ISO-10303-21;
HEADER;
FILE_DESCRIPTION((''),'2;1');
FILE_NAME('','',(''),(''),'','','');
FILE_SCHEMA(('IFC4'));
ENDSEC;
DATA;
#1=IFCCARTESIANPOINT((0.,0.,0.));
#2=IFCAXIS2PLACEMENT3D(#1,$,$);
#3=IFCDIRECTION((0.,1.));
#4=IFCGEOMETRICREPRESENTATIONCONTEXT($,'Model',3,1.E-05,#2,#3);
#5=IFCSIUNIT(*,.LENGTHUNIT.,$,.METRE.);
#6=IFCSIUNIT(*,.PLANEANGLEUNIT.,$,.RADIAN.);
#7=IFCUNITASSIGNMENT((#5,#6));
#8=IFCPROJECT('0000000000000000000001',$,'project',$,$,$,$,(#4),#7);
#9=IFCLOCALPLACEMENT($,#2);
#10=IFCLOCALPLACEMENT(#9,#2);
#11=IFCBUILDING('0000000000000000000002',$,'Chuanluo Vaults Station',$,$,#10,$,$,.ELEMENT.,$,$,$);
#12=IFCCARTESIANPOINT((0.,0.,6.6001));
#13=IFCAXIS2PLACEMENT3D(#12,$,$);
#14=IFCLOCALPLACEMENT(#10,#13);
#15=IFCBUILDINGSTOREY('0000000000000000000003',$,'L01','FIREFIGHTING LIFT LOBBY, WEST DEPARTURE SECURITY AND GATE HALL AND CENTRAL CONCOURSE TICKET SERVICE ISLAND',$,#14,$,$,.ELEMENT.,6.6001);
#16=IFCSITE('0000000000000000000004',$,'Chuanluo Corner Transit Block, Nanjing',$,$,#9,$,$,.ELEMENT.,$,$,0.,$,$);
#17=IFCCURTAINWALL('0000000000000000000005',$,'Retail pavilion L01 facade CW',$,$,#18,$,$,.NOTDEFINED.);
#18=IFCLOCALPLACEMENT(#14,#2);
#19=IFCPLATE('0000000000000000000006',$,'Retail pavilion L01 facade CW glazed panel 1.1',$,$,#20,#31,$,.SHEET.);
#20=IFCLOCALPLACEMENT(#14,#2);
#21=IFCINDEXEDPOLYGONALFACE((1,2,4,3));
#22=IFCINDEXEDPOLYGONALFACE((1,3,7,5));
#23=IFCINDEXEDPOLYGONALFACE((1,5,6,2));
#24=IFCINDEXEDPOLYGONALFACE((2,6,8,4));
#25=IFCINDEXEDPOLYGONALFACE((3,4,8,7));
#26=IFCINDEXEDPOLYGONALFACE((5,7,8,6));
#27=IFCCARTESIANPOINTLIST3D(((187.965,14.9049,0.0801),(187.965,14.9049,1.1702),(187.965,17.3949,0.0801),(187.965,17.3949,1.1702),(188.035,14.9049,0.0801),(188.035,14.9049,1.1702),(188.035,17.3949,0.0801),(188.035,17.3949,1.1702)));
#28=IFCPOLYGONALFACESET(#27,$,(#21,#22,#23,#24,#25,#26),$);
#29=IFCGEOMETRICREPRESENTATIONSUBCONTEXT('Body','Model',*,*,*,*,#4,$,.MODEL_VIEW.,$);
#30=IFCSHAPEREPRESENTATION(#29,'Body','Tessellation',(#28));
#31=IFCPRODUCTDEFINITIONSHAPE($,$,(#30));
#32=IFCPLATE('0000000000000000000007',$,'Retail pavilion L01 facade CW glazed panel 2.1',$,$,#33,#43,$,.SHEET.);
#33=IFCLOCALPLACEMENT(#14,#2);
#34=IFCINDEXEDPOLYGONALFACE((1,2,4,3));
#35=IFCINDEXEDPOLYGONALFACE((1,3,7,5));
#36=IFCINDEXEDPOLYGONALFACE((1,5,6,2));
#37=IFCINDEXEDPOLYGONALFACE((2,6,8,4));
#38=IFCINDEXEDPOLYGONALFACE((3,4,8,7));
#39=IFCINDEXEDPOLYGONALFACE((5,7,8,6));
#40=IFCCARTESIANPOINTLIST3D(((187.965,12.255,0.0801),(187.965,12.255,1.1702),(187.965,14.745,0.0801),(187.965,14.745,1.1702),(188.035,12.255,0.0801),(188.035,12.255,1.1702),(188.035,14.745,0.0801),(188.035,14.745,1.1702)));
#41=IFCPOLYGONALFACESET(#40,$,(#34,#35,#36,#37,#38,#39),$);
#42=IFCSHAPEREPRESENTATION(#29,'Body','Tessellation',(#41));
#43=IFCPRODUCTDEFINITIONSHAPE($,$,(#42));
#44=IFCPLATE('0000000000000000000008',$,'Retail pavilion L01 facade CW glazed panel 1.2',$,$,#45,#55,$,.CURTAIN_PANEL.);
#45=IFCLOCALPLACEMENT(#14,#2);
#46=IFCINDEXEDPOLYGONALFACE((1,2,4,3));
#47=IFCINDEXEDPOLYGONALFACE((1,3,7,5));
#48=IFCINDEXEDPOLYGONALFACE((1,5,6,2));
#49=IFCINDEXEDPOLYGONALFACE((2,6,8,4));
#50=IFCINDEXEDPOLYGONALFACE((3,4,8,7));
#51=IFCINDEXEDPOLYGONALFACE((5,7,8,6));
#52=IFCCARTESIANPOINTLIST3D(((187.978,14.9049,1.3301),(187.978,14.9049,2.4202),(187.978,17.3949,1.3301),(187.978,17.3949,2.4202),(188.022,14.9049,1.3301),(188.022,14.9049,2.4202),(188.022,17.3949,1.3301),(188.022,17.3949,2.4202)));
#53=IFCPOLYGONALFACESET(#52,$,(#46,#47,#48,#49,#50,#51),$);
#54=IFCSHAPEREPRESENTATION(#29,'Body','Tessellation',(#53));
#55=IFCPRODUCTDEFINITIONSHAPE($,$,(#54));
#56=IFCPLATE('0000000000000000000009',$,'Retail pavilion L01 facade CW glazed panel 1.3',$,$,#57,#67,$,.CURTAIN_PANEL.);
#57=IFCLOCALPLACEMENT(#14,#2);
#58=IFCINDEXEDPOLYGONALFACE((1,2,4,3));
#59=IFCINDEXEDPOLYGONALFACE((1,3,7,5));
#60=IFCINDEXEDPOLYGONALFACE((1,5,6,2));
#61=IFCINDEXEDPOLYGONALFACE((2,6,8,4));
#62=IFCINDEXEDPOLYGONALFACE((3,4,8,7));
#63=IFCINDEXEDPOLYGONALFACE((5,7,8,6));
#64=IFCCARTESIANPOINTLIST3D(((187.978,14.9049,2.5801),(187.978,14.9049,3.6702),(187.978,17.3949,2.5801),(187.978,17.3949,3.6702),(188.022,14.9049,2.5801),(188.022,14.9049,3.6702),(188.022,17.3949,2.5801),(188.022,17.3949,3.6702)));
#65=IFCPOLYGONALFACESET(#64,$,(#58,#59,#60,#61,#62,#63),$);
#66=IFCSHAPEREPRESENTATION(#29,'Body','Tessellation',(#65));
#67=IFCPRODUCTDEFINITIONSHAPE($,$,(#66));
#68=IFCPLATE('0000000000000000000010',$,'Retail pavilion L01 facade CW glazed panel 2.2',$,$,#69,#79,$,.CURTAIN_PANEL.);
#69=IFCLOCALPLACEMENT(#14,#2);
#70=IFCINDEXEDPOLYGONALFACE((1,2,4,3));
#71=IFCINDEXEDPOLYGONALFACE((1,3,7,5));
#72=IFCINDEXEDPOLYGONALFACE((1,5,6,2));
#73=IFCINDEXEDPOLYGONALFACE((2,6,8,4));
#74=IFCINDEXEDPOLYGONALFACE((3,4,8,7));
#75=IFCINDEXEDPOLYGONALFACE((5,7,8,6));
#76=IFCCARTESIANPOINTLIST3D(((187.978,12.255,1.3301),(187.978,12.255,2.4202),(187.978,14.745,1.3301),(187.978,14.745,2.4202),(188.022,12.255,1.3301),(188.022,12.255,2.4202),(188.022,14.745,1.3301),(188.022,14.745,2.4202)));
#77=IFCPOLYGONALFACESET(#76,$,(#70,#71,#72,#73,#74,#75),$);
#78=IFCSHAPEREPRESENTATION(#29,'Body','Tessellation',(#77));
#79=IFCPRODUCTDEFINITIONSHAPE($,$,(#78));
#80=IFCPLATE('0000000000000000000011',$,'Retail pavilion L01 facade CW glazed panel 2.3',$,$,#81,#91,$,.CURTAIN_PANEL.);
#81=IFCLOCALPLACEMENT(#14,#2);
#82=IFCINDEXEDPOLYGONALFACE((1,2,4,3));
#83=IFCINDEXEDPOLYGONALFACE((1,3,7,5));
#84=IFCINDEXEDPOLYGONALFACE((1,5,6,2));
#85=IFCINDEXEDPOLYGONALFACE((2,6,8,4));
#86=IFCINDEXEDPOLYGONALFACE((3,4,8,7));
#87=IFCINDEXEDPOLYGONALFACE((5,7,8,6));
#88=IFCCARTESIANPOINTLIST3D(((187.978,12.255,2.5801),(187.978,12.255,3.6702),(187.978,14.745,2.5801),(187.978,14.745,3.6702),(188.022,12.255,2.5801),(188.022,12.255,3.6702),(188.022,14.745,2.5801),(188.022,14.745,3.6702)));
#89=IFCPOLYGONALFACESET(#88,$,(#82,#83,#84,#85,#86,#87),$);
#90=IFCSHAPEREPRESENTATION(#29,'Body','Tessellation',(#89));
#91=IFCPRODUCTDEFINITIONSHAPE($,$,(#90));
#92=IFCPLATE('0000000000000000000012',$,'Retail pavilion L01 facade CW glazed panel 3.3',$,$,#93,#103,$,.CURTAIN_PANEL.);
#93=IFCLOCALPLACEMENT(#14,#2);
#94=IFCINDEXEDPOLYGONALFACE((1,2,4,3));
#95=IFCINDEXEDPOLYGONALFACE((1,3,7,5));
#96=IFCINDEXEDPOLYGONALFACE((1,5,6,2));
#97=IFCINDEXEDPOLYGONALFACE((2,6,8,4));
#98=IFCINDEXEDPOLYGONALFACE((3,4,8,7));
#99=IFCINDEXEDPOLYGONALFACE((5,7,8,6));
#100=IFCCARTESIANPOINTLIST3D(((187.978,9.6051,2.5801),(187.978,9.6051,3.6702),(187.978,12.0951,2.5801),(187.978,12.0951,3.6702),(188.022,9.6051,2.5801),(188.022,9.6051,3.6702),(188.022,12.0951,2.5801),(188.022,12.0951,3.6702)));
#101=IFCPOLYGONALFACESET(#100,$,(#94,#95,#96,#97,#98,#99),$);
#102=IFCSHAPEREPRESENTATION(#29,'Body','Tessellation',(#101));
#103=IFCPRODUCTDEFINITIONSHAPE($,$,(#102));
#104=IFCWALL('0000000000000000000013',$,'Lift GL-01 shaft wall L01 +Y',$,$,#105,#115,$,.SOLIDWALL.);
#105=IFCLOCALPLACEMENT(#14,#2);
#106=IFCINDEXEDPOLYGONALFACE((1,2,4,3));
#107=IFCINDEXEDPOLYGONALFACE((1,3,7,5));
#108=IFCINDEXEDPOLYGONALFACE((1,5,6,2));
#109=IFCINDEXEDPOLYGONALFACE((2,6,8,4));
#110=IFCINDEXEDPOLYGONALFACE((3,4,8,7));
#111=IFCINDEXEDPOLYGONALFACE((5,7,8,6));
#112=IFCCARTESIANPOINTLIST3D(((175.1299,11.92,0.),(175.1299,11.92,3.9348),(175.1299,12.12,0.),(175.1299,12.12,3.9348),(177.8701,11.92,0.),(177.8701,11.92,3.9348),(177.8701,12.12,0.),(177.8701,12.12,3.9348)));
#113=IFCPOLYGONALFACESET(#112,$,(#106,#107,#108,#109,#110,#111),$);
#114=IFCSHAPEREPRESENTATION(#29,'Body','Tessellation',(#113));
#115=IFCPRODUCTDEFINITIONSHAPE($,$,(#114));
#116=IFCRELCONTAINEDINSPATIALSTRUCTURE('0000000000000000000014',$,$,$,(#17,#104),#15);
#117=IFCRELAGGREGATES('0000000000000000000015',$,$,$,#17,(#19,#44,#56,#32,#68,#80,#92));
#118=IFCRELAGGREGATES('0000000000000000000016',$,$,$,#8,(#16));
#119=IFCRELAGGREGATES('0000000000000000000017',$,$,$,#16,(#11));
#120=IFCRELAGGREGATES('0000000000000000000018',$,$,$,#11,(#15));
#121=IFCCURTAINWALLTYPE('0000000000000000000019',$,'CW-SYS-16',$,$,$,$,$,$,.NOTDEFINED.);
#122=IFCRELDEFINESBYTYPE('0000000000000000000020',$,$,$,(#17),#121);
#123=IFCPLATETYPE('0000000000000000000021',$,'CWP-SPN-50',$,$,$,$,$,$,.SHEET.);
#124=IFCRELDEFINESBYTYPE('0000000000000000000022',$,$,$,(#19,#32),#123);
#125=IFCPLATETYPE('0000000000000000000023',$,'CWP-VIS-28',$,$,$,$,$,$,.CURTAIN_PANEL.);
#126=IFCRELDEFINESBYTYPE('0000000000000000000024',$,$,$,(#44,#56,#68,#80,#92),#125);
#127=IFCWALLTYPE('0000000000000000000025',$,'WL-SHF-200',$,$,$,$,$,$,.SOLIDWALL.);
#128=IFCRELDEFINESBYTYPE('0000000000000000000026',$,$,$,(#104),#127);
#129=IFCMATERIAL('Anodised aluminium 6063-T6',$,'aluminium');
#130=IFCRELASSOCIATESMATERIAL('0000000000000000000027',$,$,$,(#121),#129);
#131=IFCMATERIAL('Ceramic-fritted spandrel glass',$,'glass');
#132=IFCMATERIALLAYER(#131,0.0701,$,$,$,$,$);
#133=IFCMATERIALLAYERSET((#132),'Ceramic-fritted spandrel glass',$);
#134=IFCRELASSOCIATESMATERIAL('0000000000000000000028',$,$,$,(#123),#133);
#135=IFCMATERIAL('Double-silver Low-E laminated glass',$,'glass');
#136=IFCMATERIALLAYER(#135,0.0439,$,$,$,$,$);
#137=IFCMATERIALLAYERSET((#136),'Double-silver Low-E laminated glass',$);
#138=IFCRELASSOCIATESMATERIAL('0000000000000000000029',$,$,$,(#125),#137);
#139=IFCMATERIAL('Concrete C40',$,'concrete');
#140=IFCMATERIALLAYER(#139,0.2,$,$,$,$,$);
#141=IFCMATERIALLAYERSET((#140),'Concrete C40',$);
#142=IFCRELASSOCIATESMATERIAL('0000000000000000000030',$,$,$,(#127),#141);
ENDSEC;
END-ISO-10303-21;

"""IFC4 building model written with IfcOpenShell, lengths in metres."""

from ifc_helpers import new_model, si_unit, direction, frame, frame_2d, origin, origin_2d, place, context, subcontext, project, spatial, rectangle, extrude, material, layer, layer_set, type_object, element, aggregate, save


model = new_model("IFC4")

# Units and contexts
model_context = context("Model", 3, precision=1e-05, world=origin(), true_north=direction((0.0, 1.0)))
body_context = subcontext(model_context, "Body", "Model", "MODEL_VIEW")
ifc_project = project(units=[si_unit("LENGTHUNIT", "METRE"), si_unit("PLANEANGLEUNIT", "RADIAN")], contexts=[model_context])

# Site, building, storey
site_placement = place(None, origin())
site = spatial("IfcSite", under=ifc_project, at=site_placement, Name="Chuanluo Corner Transit Block, Nanjing", CompositionType="ELEMENT", RefElevation=0.0)
building_placement = place(site_placement, origin())
building = spatial("IfcBuilding", under=site, at=building_placement, Name="Chuanluo Vaults Station", CompositionType="ELEMENT")
storey_placement = place(building_placement, frame((0.0, 0.0, 6.6001)))
storey = spatial("IfcBuildingStorey", under=building, at=storey_placement, Name="L01", Description="FIREFIGHTING LIFT LOBBY, WEST DEPARTURE SECURITY AND GATE HALL AND CENTRAL CONCOURSE TICKET SERVICE ISLAND", CompositionType="ELEMENT", Elevation=6.6001)

# Curtain wall, plates
ifc_material_1 = material(Name="Anodised aluminium 6063-T6", Category="aluminium")
curtain_wall_type = type_object("IfcCurtainWallType", Name="CW-SYS-16", PredefinedType="NOTDEFINED", material=ifc_material_1)
curtain_wall_placement = place(storey_placement, origin())
curtain_wall = element("IfcCurtainWall", 1, at=curtain_wall_placement, inside=storey, type_object=curtain_wall_type, Name="Retail pavilion L01 facade CW", PredefinedType="NOTDEFINED")
ifc_material_2 = material(Name="Ceramic-fritted spandrel glass", Category="glass")
ifc_layer_1 = layer(ifc_material_2, 0.0701)
ifc_layer_set_1 = layer_set([ifc_layer_1], Name="Ceramic-fritted spandrel glass")
plate_type_1 = type_object("IfcPlateType", Name="CWP-SPN-50", PredefinedType="SHEET", material=ifc_layer_set_1)
plate_1_placement = place(storey_placement, frame((188.0, 16.1499, 0.0801), z_axis=(0.0, 0.0, 1.0), x_axis=(0.0, -1.0, 0.0)))
plate_1 = element("IfcPlate", 2, at=plate_1_placement, type_object=plate_type_1, Name="Retail pavilion L01 facade CW glazed panel 1.1", PredefinedType="SHEET", context=body_context, shape_type="SweptSolid", body=[
    extrude(rectangle(XDim=2.49, YDim=0.0701, at=origin_2d()), origin(), (0.0, 0.0, 1.0), 1.0901),
])
plate_2_placement = place(storey_placement, frame((188.0, 13.5, 0.0801), z_axis=(0.0, 0.0, 1.0), x_axis=(0.0, -1.0, 0.0)))
plate_2 = element("IfcPlate", 3, at=plate_2_placement, type_object=plate_type_1, Name="Retail pavilion L01 facade CW glazed panel 2.1", PredefinedType="SHEET", context=body_context, shape_type="SweptSolid", body=[
    extrude(rectangle(XDim=2.49, YDim=0.0701, at=origin_2d()), origin(), (0.0, 0.0, 1.0), 1.0901),
])
ifc_material_3 = material(Name="Double-silver Low-E laminated glass", Category="glass")
ifc_layer_2 = layer(ifc_material_3, 0.0439)
ifc_layer_set_2 = layer_set([ifc_layer_2], Name="Double-silver Low-E laminated glass")
plate_type_2 = type_object("IfcPlateType", Name="CWP-VIS-28", PredefinedType="CURTAIN_PANEL", material=ifc_layer_set_2)
plate_3_placement = place(storey_placement, frame((188.0, 16.1499, 1.3301), z_axis=(0.0, 0.0, 1.0), x_axis=(0.0, -1.0, 0.0)))
plate_3 = element("IfcPlate", 4, at=plate_3_placement, type_object=plate_type_2, Name="Retail pavilion L01 facade CW glazed panel 1.2", PredefinedType="CURTAIN_PANEL", context=body_context, shape_type="SweptSolid", body=[
    extrude(rectangle(XDim=2.49, YDim=0.0439, at=origin_2d()), origin(), (0.0, 0.0, 1.0), 1.0901),
])
plate_4_placement = place(storey_placement, frame((188.0, 16.1499, 2.5801), z_axis=(0.0, 0.0, 1.0), x_axis=(0.0, -1.0, 0.0)))
plate_4 = element("IfcPlate", 5, at=plate_4_placement, type_object=plate_type_2, Name="Retail pavilion L01 facade CW glazed panel 1.3", PredefinedType="CURTAIN_PANEL", context=body_context, shape_type="SweptSolid", body=[
    extrude(rectangle(XDim=2.49, YDim=0.0439, at=origin_2d()), origin(), (0.0, 0.0, 1.0), 1.0901),
])
plate_5_placement = place(storey_placement, frame((188.0, 13.5, 1.3301), z_axis=(0.0, 0.0, 1.0), x_axis=(0.0, -1.0, 0.0)))
plate_5 = element("IfcPlate", 6, at=plate_5_placement, type_object=plate_type_2, Name="Retail pavilion L01 facade CW glazed panel 2.2", PredefinedType="CURTAIN_PANEL", context=body_context, shape_type="SweptSolid", body=[
    extrude(rectangle(XDim=2.49, YDim=0.0439, at=origin_2d()), origin(), (0.0, 0.0, 1.0), 1.0901),
])
plate_6_placement = place(storey_placement, frame((188.0, 13.5, 2.5801), z_axis=(0.0, 0.0, 1.0), x_axis=(0.0, -1.0, 0.0)))
plate_6 = element("IfcPlate", 7, at=plate_6_placement, type_object=plate_type_2, Name="Retail pavilion L01 facade CW glazed panel 2.3", PredefinedType="CURTAIN_PANEL", context=body_context, shape_type="SweptSolid", body=[
    extrude(rectangle(XDim=2.49, YDim=0.0439, at=origin_2d()), origin(), (0.0, 0.0, 1.0), 1.0901),
])
plate_7_placement = place(storey_placement, frame((188.0, 10.8501, 2.5801), z_axis=(0.0, 0.0, 1.0), x_axis=(0.0, -1.0, 0.0)))
plate_7 = element("IfcPlate", 8, at=plate_7_placement, type_object=plate_type_2, Name="Retail pavilion L01 facade CW glazed panel 3.3", PredefinedType="CURTAIN_PANEL", context=body_context, shape_type="SweptSolid", body=[
    extrude(rectangle(XDim=2.49, YDim=0.0439, at=origin_2d()), origin(), (0.0, 0.0, 1.0), 1.0901),
])
aggregate(curtain_wall, [plate_1, plate_3, plate_4, plate_2, plate_5, plate_6, plate_7])

# Wall
ifc_material_4 = material(Name="Concrete C40", Category="concrete")
ifc_layer_3 = layer(ifc_material_4, 0.2)
ifc_layer_set_3 = layer_set([ifc_layer_3], Name="Concrete C40")
wall_type = type_object("IfcWallType", Name="WL-SHF-200", PredefinedType="SOLIDWALL", material=ifc_layer_set_3)
wall_placement = place(storey_placement, frame((177.8701, 12.02, 0.0), z_axis=(0.0, 0.0, 1.0), x_axis=(-1.0, 0.0, 0.0)))
element("IfcWall", 9, at=wall_placement, inside=storey, type_object=wall_type, Name="Lift GL-01 shaft wall L01 +Y", PredefinedType="SOLIDWALL", context=body_context, shape_type="SweptSolid", body=[
    extrude(rectangle(XDim=2.7402, YDim=0.2, at=frame_2d((1.3701, 0.0))), origin(), (0.0, 0.0, 1.0), 3.9348),
])

save(model, "model.ifc")
